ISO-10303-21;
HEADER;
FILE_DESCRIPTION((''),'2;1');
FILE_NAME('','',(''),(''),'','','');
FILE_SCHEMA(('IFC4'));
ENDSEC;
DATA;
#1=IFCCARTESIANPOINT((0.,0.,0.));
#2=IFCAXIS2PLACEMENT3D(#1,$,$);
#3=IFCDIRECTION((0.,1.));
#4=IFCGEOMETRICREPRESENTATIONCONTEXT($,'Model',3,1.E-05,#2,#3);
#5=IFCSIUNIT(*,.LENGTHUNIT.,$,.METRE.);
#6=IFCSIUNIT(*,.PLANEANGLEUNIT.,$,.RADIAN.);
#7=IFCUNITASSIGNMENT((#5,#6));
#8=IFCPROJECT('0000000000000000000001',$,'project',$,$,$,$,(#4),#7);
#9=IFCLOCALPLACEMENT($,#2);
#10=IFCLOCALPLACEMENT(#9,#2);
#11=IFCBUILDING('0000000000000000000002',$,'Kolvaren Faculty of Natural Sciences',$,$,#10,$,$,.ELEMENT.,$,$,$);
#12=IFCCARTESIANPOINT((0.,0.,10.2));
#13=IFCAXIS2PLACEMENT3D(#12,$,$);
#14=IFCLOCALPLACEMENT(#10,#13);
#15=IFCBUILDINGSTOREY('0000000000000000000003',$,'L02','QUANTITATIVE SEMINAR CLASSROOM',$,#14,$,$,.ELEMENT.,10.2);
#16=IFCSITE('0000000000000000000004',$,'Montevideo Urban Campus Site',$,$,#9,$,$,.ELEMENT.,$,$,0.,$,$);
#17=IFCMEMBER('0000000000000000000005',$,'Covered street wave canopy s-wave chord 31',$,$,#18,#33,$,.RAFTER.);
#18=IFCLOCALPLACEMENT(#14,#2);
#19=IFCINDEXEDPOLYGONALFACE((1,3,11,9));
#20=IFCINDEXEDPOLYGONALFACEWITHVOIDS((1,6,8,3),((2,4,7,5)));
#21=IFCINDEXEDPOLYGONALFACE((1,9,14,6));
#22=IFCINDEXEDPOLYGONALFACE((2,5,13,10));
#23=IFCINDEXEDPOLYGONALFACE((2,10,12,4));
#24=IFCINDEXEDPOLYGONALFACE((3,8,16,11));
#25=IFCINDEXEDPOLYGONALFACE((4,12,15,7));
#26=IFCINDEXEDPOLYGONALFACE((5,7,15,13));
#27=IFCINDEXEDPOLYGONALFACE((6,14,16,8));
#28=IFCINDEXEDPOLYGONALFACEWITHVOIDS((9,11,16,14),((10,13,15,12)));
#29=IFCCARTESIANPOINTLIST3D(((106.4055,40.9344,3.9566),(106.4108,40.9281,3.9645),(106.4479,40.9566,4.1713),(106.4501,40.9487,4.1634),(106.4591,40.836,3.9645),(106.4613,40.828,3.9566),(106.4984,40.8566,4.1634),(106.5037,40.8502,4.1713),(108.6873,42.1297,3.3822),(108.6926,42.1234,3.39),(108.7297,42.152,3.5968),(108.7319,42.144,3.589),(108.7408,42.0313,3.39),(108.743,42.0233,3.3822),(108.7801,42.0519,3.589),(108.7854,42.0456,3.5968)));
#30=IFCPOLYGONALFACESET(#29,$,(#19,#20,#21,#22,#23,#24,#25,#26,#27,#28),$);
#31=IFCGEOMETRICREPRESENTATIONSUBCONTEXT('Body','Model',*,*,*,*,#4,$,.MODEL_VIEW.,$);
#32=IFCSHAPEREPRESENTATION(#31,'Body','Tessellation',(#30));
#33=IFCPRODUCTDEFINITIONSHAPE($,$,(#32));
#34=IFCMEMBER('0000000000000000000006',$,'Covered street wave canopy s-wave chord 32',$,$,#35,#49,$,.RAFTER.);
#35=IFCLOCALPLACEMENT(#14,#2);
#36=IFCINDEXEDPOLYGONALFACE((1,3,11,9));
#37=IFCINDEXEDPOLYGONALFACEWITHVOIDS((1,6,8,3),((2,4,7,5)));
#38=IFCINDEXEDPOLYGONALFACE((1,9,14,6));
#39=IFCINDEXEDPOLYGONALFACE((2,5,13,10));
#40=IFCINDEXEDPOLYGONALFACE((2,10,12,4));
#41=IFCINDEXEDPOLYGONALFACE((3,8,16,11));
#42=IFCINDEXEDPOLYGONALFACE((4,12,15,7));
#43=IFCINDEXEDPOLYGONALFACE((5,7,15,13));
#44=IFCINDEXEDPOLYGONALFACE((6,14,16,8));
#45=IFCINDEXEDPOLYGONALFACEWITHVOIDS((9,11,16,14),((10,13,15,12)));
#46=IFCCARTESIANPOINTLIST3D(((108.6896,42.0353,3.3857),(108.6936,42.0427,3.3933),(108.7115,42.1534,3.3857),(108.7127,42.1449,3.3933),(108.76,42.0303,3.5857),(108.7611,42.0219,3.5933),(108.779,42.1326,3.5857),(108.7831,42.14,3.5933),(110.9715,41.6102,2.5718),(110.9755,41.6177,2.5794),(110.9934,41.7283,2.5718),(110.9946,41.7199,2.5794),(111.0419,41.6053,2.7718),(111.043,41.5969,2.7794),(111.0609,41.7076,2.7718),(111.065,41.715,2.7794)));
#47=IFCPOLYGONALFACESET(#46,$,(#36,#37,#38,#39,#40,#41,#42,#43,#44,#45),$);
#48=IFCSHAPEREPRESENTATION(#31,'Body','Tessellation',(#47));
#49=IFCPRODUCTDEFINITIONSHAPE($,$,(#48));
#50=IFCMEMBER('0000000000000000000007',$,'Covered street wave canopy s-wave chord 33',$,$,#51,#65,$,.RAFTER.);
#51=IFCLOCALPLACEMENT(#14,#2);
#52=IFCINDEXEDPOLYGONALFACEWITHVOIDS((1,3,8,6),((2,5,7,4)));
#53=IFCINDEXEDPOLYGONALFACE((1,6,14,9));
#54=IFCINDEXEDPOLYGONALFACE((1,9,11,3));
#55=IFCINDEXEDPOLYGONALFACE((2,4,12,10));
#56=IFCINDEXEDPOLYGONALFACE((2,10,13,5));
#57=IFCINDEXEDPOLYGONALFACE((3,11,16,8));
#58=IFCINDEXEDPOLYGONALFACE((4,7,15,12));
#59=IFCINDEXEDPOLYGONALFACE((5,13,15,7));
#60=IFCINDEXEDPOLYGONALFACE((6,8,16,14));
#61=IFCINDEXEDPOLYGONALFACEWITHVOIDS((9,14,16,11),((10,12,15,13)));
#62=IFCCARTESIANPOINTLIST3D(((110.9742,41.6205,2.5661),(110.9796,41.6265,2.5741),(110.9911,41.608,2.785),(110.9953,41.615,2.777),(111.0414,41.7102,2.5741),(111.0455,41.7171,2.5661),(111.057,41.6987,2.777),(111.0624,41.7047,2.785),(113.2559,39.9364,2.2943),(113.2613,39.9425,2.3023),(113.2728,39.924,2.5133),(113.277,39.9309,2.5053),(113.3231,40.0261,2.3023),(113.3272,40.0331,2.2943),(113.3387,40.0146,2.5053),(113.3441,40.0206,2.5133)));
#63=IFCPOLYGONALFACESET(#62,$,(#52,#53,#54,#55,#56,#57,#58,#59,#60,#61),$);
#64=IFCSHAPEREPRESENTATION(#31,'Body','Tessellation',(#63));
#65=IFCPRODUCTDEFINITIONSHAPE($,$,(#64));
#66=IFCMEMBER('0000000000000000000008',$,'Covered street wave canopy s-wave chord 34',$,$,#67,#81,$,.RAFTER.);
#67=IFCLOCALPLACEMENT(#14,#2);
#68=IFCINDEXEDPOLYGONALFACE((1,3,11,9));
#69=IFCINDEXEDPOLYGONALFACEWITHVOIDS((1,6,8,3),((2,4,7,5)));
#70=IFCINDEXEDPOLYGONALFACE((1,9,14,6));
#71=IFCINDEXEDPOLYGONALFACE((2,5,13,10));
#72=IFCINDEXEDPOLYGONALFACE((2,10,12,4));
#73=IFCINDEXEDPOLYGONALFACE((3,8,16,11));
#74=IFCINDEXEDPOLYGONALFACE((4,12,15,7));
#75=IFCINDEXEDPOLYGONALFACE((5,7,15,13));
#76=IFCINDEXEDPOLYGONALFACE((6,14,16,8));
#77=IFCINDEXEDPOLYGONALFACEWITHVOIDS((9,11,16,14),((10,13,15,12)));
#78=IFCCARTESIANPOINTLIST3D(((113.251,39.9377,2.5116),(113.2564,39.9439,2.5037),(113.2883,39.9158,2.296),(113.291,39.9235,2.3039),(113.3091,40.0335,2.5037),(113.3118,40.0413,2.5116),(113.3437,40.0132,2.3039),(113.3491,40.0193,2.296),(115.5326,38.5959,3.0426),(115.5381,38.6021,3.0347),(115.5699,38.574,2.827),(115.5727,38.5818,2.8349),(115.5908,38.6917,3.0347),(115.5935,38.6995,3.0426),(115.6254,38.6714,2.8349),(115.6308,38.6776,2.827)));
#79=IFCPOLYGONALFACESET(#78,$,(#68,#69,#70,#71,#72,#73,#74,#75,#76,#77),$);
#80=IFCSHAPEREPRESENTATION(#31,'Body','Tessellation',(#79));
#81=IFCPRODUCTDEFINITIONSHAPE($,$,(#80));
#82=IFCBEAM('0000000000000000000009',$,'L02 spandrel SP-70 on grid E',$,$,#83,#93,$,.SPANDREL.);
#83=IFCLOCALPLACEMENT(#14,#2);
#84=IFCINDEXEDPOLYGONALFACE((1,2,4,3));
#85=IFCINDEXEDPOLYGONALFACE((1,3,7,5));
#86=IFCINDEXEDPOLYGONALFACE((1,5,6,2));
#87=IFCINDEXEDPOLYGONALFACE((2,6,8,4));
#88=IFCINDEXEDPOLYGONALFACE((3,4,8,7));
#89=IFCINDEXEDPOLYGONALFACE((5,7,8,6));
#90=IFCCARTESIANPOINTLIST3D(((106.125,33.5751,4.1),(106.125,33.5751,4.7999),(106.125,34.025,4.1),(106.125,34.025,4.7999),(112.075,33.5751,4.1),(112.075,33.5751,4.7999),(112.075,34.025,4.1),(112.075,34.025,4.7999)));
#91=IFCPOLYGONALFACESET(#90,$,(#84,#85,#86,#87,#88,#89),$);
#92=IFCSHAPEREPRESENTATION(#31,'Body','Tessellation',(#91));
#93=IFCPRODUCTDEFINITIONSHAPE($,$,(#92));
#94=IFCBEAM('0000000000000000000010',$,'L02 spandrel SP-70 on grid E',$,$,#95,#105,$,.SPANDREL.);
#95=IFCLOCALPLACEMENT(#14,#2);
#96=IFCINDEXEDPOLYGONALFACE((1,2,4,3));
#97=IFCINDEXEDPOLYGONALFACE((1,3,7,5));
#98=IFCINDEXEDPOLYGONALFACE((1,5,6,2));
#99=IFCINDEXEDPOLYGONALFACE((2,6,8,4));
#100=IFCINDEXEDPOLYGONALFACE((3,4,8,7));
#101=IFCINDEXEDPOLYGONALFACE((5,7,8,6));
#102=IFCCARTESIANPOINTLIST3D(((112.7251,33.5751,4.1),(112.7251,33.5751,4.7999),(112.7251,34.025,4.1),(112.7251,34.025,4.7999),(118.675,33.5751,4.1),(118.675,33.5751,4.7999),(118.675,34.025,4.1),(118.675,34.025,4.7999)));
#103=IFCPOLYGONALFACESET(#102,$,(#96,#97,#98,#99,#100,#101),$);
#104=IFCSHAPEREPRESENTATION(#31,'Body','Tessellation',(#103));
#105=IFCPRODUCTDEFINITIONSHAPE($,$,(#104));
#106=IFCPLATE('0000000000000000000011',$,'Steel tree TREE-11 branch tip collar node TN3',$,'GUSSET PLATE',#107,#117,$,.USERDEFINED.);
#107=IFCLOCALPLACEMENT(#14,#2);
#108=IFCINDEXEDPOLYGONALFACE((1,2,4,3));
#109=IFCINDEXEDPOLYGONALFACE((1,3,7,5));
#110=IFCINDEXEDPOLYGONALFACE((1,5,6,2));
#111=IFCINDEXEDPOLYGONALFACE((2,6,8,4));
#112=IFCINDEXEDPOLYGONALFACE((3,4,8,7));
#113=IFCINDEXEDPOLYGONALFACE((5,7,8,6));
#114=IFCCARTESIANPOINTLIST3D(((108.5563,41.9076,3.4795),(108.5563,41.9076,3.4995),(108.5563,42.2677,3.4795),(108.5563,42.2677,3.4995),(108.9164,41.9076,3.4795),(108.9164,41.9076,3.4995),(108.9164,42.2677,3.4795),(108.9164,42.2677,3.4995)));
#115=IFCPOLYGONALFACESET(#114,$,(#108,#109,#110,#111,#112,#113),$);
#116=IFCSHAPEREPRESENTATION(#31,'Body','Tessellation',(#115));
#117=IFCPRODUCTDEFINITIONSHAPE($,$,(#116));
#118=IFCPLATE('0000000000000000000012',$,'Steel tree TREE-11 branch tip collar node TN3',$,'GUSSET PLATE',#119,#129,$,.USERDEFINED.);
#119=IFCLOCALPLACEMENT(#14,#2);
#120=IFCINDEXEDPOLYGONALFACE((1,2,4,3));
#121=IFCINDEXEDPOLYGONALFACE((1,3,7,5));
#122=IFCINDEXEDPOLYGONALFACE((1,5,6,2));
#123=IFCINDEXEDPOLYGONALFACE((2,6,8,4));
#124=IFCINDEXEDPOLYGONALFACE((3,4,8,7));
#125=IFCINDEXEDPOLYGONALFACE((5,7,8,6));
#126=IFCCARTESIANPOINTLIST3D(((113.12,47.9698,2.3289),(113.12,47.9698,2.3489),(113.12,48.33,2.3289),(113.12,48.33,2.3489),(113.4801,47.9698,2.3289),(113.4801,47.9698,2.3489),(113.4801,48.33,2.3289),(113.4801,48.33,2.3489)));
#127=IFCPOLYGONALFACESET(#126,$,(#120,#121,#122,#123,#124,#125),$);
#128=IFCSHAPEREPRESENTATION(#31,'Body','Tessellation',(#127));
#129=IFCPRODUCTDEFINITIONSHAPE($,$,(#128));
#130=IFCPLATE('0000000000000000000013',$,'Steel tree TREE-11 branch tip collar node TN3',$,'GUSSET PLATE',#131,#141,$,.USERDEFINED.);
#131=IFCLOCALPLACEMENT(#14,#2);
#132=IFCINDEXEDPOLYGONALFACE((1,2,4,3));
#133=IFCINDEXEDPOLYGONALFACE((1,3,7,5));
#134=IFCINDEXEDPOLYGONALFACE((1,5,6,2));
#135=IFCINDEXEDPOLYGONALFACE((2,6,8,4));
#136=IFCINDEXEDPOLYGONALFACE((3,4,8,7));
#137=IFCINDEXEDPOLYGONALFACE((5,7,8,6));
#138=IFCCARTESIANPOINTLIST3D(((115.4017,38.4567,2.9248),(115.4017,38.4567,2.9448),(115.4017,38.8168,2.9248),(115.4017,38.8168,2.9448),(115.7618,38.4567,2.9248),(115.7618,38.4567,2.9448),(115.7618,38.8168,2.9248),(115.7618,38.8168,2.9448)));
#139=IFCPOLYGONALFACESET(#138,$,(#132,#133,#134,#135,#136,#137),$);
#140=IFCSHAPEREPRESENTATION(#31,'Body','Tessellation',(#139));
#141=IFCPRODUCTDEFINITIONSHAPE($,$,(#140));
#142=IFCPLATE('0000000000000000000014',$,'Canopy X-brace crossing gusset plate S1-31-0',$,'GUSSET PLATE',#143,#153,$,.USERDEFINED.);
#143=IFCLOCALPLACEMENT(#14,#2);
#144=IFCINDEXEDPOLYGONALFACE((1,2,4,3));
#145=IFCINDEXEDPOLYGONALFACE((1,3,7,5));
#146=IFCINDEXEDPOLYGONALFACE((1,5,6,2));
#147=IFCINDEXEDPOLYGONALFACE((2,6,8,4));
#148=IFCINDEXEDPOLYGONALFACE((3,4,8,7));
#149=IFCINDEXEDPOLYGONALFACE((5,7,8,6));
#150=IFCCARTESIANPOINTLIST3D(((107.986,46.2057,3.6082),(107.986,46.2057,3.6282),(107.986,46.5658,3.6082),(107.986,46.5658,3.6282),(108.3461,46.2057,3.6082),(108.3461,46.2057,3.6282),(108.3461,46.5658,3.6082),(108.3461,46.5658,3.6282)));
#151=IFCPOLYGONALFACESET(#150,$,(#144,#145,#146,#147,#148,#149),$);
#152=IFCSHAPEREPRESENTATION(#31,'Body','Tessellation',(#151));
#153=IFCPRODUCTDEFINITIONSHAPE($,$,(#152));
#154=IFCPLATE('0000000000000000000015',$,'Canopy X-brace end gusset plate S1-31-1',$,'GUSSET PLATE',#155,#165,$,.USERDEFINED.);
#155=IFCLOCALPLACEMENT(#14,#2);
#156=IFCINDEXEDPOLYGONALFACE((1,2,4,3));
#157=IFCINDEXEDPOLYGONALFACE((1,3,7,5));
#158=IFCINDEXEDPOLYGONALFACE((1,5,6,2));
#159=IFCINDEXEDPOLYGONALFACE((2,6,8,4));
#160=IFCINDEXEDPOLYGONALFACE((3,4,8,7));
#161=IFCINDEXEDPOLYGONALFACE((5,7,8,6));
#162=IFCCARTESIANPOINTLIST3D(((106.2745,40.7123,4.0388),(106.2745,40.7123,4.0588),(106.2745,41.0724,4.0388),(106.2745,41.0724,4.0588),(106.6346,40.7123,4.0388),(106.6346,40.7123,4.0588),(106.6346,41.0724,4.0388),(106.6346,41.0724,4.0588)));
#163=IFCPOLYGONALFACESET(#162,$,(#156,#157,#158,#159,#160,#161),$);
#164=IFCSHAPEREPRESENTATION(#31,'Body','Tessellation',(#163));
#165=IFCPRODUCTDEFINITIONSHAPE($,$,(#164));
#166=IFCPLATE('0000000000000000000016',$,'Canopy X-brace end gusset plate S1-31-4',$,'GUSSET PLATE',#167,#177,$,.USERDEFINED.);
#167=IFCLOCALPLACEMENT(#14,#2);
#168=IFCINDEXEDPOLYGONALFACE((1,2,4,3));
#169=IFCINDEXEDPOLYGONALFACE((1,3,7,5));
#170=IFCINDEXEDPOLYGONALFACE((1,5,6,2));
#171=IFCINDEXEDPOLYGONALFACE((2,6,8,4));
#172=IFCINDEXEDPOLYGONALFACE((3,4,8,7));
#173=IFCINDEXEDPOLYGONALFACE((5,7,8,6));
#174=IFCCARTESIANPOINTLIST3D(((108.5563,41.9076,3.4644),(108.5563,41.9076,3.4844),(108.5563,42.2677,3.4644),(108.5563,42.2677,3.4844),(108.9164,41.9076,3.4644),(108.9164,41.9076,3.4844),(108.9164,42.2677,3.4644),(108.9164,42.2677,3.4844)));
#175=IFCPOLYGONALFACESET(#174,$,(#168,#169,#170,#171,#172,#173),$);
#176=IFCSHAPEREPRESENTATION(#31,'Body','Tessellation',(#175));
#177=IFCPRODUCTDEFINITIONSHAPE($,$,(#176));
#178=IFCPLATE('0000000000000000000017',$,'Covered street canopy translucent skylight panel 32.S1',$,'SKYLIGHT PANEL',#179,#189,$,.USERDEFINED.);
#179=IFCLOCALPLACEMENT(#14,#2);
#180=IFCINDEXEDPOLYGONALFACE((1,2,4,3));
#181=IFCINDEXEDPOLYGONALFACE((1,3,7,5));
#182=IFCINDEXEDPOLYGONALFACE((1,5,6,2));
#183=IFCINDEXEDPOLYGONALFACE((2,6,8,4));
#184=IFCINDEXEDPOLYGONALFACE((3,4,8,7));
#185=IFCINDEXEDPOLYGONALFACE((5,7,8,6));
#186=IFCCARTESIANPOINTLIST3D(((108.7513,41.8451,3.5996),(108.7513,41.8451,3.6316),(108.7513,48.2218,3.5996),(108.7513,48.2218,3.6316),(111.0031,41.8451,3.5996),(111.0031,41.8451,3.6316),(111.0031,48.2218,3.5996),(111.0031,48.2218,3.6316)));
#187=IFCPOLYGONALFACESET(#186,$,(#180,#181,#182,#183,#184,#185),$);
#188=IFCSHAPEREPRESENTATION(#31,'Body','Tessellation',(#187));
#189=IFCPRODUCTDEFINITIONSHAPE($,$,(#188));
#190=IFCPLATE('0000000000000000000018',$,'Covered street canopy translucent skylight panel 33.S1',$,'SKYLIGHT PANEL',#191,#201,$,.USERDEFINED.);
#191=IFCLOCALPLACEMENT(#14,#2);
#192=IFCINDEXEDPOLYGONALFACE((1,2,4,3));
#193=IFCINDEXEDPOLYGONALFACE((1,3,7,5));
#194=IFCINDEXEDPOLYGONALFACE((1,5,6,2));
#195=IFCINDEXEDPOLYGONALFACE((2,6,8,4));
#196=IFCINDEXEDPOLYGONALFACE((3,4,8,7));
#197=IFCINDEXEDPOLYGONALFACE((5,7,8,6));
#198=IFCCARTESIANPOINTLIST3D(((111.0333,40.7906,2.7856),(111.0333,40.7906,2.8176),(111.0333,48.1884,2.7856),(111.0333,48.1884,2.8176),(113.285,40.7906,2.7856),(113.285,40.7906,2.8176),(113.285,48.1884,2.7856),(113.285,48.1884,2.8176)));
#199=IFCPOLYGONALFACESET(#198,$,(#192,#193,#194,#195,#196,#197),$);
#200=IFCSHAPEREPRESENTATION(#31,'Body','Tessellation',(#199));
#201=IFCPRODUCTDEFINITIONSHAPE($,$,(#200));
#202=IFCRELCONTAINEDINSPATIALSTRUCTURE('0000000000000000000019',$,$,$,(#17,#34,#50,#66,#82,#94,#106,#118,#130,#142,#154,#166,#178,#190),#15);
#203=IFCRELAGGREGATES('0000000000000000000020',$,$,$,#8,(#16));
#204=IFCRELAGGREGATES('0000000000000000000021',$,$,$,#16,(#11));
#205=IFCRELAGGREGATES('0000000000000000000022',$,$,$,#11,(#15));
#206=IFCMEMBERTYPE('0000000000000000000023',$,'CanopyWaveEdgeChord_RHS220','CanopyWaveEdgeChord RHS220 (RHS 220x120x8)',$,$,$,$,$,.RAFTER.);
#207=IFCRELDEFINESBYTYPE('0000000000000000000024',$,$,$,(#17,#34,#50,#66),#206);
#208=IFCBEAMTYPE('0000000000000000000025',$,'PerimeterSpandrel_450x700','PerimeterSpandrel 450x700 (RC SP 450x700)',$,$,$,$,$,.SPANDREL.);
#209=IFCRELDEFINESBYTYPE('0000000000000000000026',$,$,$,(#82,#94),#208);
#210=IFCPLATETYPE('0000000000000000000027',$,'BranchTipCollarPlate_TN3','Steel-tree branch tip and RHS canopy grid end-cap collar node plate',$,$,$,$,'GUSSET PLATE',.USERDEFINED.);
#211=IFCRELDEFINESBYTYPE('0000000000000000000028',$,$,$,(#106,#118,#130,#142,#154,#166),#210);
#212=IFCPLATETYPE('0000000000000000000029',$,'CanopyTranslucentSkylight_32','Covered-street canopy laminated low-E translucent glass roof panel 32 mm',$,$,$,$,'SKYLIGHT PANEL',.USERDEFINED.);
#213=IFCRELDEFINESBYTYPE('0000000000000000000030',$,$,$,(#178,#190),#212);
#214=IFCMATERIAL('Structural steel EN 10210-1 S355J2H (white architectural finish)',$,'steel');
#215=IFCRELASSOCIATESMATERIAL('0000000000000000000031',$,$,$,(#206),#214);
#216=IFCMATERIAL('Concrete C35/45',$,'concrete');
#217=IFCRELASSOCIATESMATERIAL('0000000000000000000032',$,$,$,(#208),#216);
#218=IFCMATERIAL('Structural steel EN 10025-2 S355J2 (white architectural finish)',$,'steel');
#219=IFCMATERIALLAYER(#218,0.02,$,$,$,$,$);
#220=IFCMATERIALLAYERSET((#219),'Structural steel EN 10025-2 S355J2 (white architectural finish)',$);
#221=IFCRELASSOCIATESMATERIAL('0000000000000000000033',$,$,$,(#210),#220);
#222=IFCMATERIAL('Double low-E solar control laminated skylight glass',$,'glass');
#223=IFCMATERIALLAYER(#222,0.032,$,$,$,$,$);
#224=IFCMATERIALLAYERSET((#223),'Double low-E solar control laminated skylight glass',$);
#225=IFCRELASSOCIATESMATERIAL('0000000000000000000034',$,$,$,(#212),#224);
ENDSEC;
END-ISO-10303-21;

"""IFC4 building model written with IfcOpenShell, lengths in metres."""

from ifc_helpers import new_model, si_unit, direction, frame, origin, origin_2d, place, context, subcontext, project, spatial, rectangle, hollow_rectangle, extrude, material, layer, layer_set, material_profile, profile_set, type_object, element, save


model = new_model("IFC4")

# Units and contexts
model_context = context("Model", 3, precision=1e-05, world=origin(), true_north=direction((0.0, 1.0)))
body_context = subcontext(model_context, "Body", "Model", "MODEL_VIEW")
ifc_project = project(units=[si_unit("LENGTHUNIT", "METRE"), si_unit("PLANEANGLEUNIT", "RADIAN")], contexts=[model_context])

# Site, building, storey
site_placement = place(None, origin())
site = spatial("IfcSite", under=ifc_project, at=site_placement, Name="Montevideo Urban Campus Site", CompositionType="ELEMENT", RefElevation=0.0)
building_placement = place(site_placement, origin())
building = spatial("IfcBuilding", under=site, at=building_placement, Name="Kolvaren Faculty of Natural Sciences", CompositionType="ELEMENT")
storey_placement = place(building_placement, frame((0.0, 0.0, 10.2)))
storey = spatial("IfcBuildingStorey", under=building, at=storey_placement, Name="L02", Description="QUANTITATIVE SEMINAR CLASSROOM", CompositionType="ELEMENT", Elevation=10.2)

# Shared definitions
ifc_material_1 = material(Name="Concrete C35/45", Category="concrete")

# Members
ifc_material_2 = material(Name="Structural steel EN 10210-1 S355J2H (white architectural finish)", Category="steel")
ifc_material_profile_1 = material_profile(ifc_material_2, hollow_rectangle(XDim=0.1201, YDim=0.22, WallThickness=0.0081, at=origin_2d()), Name="RHS 220x120x8")
ifc_profile_set_1 = profile_set([ifc_material_profile_1], Name="Structural steel EN 10210-1 S355J2H (white architectural finish)")
member_type_1 = type_object("IfcMemberType", Name="CanopyWaveEdgeChord_RHS220", Description="CanopyWaveEdgeChord RHS220 (RHS 220x120x8)", PredefinedType="RAFTER", material=ifc_profile_set_1)
member_1_placement = place(storey_placement, frame((106.4546, 40.8923, 4.064), z_axis=(0.864573, 0.452916, -0.21767), x_axis=(-0.464042, 0.885813, 0.0)))
element("IfcMember", 1, at=member_1_placement, inside=storey, type_object=member_type_1, Name="Covered street wave canopy s-wave chord 31", PredefinedType="RAFTER", context=body_context, shape_type="SweptSolid", body=[
    extrude(hollow_rectangle(XDim=0.1201, YDim=0.22, WallThickness=0.0081, at=origin_2d()), origin(), (0.0, 0.0, 1.0), 2.6392),
])
member_2_placement = place(storey_placement, frame((108.7363, 42.0876, 3.4895), z_axis=(0.927708, -0.172798, -0.330906), x_axis=(0.183114, 0.983092, 0.0)))
element("IfcMember", 2, at=member_2_placement, inside=storey, type_object=member_type_1, Name="Covered street wave canopy s-wave chord 32", PredefinedType="RAFTER", context=body_context, shape_type="SweptSolid", body=[
    extrude(hollow_rectangle(XDim=0.1201, YDim=0.22, WallThickness=0.0081, at=origin_2d()), origin(), (0.0, 0.0, 1.0), 2.4597),
])
member_3_placement = place(storey_placement, frame((111.0183, 41.6626, 2.6755), z_axis=(0.800916, -0.591132, -0.09538), x_axis=(0.593839, 0.804584, 0.0)))
element("IfcMember", 3, at=member_3_placement, inside=storey, type_object=member_type_1, Name="Covered street wave canopy s-wave chord 33", PredefinedType="RAFTER", context=body_context, shape_type="SweptSolid", body=[
    extrude(hollow_rectangle(XDim=0.1201, YDim=0.22, WallThickness=0.0081, at=origin_2d()), origin(), (0.0, 0.0, 1.0), 2.8489),
])
member_4_placement = place(storey_placement, frame((113.3, 39.9785, 2.4038), z_axis=(0.845163, -0.497006, 0.196686), x_axis=(0.506907, 0.862001, 0.0)))
element("IfcMember", 4, at=member_4_placement, inside=storey, type_object=member_type_1, Name="Covered street wave canopy s-wave chord 34", PredefinedType="RAFTER", context=body_context, shape_type="SweptSolid", body=[
    extrude(hollow_rectangle(XDim=0.1201, YDim=0.22, WallThickness=0.0081, at=origin_2d()), origin(), (0.0, 0.0, 1.0), 2.6997),
])

# Beams
ifc_material_profile_2 = material_profile(ifc_material_1, rectangle(XDim=0.45, YDim=0.7, at=origin_2d()), Name="RC SP 450x700")
ifc_profile_set_2 = profile_set([ifc_material_profile_2], Name="Concrete C35/45")
beam_type = type_object("IfcBeamType", Name="PerimeterSpandrel_450x700", Description="PerimeterSpandrel 450x700 (RC SP 450x700)", PredefinedType="SPANDREL", material=ifc_profile_set_2)
for number, where, z_axis, x_axis, name in (
    (5, (106.125, 33.8, 4.45), (1.0, 0.0, 0.0), (0.0, 1.0, 0.0), "L02 spandrel SP-70 on grid E"),
    (6, (112.7251, 33.8, 4.45), (1.0, 0.0, 0.0), (0.0, 1.0, 0.0), "L02 spandrel SP-70 on grid E"),
):
    element("IfcBeam", number, at=place(storey_placement, frame(where, z_axis=z_axis, x_axis=x_axis)), inside=storey, type_object=beam_type, Name=name, PredefinedType="SPANDREL", context=body_context, shape_type="SweptSolid", body=[
        extrude(rectangle(XDim=0.45, YDim=0.7, at=origin_2d()), origin(), (0.0, 0.0, 1.0), 5.95),
    ])

# Plates
ifc_material_3 = material(Name="Structural steel EN 10025-2 S355J2 (white architectural finish)", Category="steel")
ifc_layer_1 = layer(ifc_material_3, 0.02)
ifc_layer_set_1 = layer_set([ifc_layer_1], Name="Structural steel EN 10025-2 S355J2 (white architectural finish)")
plate_type_1 = type_object("IfcPlateType", Name="BranchTipCollarPlate_TN3", Description="Steel-tree branch tip and RHS canopy grid end-cap collar node plate", ElementType="GUSSET PLATE", PredefinedType="USERDEFINED", material=ifc_layer_set_1)
for number, where, z_axis, x_axis, name in (
    (7, (108.7363, 42.0876, 3.4795), (0.0, 0.0, 1.0), (1.0, 0.0, 0.0), "Steel tree TREE-11 branch tip collar node TN3"),
    (8, (113.3, 48.1499, 2.3289), (0.0, 0.0, 1.0), (1.0, 0.0, 0.0), "Steel tree TREE-11 branch tip collar node TN3"),
    (9, (115.5818, 38.6367, 2.9248), (0.0, 0.0, 1.0), (1.0, 0.0, 0.0), "Steel tree TREE-11 branch tip collar node TN3"),
    (10, (108.166, 46.3857, 3.6082), (0.0, 0.0, 1.0), (1.0, 0.0, 0.0), "Canopy X-brace crossing gusset plate S1-31-0"),
    (11, (106.4546, 40.8923, 4.0388), (0.0, 0.0, 1.0), (1.0, 0.0, 0.0), "Canopy X-brace end gusset plate S1-31-1"),
    (12, (108.7363, 42.0876, 3.4644), (0.0, 0.0, 1.0), (1.0, 0.0, 0.0), "Canopy X-brace end gusset plate S1-31-4"),
):
    element("IfcPlate", number, at=place(storey_placement, frame(where, z_axis=z_axis, x_axis=x_axis)), inside=storey, type_object=plate_type_1, Name=name, ObjectType="GUSSET PLATE", PredefinedType="USERDEFINED", context=body_context, shape_type="SweptSolid", body=[
        extrude(rectangle(XDim=0.3601, YDim=0.3601, at=origin_2d()), origin(), (0.0, 0.0, 1.0), 0.02),
    ])
ifc_material_4 = material(Name="Double low-E solar control laminated skylight glass", Category="glass")
ifc_layer_2 = layer(ifc_material_4, 0.032)
ifc_layer_set_2 = layer_set([ifc_layer_2], Name="Double low-E solar control laminated skylight glass")
plate_type_2 = type_object("IfcPlateType", Name="CanopyTranslucentSkylight_32", Description="Covered-street canopy laminated low-E translucent glass roof panel 32 mm", ElementType="SKYLIGHT PANEL", PredefinedType="USERDEFINED", material=ifc_layer_set_2)
plate_1_placement = place(storey_placement, frame((109.8772, 45.0334, 3.5996), z_axis=(0.0, 0.0, 1.0), x_axis=(1.0, 0.0, 0.0)))
element("IfcPlate", 13, at=plate_1_placement, inside=storey, type_object=plate_type_2, Name="Covered street canopy translucent skylight panel 32.S1", ObjectType="SKYLIGHT PANEL", PredefinedType="USERDEFINED", context=body_context, shape_type="SweptSolid", body=[
    extrude(rectangle(XDim=2.2517, YDim=6.3767, at=origin_2d()), origin(), (0.0, 0.0, 1.0), 0.032),
])
plate_2_placement = place(storey_placement, frame((112.1592, 44.4895, 2.7856), z_axis=(0.0, 0.0, 1.0), x_axis=(1.0, 0.0, 0.0)))
element("IfcPlate", 14, at=plate_2_placement, inside=storey, type_object=plate_type_2, Name="Covered street canopy translucent skylight panel 33.S1", ObjectType="SKYLIGHT PANEL", PredefinedType="USERDEFINED", context=body_context, shape_type="SweptSolid", body=[
    extrude(rectangle(XDim=2.2517, YDim=7.3977, at=origin_2d()), origin(), (0.0, 0.0, 1.0), 0.032),
])

save(model, "model.ifc")
